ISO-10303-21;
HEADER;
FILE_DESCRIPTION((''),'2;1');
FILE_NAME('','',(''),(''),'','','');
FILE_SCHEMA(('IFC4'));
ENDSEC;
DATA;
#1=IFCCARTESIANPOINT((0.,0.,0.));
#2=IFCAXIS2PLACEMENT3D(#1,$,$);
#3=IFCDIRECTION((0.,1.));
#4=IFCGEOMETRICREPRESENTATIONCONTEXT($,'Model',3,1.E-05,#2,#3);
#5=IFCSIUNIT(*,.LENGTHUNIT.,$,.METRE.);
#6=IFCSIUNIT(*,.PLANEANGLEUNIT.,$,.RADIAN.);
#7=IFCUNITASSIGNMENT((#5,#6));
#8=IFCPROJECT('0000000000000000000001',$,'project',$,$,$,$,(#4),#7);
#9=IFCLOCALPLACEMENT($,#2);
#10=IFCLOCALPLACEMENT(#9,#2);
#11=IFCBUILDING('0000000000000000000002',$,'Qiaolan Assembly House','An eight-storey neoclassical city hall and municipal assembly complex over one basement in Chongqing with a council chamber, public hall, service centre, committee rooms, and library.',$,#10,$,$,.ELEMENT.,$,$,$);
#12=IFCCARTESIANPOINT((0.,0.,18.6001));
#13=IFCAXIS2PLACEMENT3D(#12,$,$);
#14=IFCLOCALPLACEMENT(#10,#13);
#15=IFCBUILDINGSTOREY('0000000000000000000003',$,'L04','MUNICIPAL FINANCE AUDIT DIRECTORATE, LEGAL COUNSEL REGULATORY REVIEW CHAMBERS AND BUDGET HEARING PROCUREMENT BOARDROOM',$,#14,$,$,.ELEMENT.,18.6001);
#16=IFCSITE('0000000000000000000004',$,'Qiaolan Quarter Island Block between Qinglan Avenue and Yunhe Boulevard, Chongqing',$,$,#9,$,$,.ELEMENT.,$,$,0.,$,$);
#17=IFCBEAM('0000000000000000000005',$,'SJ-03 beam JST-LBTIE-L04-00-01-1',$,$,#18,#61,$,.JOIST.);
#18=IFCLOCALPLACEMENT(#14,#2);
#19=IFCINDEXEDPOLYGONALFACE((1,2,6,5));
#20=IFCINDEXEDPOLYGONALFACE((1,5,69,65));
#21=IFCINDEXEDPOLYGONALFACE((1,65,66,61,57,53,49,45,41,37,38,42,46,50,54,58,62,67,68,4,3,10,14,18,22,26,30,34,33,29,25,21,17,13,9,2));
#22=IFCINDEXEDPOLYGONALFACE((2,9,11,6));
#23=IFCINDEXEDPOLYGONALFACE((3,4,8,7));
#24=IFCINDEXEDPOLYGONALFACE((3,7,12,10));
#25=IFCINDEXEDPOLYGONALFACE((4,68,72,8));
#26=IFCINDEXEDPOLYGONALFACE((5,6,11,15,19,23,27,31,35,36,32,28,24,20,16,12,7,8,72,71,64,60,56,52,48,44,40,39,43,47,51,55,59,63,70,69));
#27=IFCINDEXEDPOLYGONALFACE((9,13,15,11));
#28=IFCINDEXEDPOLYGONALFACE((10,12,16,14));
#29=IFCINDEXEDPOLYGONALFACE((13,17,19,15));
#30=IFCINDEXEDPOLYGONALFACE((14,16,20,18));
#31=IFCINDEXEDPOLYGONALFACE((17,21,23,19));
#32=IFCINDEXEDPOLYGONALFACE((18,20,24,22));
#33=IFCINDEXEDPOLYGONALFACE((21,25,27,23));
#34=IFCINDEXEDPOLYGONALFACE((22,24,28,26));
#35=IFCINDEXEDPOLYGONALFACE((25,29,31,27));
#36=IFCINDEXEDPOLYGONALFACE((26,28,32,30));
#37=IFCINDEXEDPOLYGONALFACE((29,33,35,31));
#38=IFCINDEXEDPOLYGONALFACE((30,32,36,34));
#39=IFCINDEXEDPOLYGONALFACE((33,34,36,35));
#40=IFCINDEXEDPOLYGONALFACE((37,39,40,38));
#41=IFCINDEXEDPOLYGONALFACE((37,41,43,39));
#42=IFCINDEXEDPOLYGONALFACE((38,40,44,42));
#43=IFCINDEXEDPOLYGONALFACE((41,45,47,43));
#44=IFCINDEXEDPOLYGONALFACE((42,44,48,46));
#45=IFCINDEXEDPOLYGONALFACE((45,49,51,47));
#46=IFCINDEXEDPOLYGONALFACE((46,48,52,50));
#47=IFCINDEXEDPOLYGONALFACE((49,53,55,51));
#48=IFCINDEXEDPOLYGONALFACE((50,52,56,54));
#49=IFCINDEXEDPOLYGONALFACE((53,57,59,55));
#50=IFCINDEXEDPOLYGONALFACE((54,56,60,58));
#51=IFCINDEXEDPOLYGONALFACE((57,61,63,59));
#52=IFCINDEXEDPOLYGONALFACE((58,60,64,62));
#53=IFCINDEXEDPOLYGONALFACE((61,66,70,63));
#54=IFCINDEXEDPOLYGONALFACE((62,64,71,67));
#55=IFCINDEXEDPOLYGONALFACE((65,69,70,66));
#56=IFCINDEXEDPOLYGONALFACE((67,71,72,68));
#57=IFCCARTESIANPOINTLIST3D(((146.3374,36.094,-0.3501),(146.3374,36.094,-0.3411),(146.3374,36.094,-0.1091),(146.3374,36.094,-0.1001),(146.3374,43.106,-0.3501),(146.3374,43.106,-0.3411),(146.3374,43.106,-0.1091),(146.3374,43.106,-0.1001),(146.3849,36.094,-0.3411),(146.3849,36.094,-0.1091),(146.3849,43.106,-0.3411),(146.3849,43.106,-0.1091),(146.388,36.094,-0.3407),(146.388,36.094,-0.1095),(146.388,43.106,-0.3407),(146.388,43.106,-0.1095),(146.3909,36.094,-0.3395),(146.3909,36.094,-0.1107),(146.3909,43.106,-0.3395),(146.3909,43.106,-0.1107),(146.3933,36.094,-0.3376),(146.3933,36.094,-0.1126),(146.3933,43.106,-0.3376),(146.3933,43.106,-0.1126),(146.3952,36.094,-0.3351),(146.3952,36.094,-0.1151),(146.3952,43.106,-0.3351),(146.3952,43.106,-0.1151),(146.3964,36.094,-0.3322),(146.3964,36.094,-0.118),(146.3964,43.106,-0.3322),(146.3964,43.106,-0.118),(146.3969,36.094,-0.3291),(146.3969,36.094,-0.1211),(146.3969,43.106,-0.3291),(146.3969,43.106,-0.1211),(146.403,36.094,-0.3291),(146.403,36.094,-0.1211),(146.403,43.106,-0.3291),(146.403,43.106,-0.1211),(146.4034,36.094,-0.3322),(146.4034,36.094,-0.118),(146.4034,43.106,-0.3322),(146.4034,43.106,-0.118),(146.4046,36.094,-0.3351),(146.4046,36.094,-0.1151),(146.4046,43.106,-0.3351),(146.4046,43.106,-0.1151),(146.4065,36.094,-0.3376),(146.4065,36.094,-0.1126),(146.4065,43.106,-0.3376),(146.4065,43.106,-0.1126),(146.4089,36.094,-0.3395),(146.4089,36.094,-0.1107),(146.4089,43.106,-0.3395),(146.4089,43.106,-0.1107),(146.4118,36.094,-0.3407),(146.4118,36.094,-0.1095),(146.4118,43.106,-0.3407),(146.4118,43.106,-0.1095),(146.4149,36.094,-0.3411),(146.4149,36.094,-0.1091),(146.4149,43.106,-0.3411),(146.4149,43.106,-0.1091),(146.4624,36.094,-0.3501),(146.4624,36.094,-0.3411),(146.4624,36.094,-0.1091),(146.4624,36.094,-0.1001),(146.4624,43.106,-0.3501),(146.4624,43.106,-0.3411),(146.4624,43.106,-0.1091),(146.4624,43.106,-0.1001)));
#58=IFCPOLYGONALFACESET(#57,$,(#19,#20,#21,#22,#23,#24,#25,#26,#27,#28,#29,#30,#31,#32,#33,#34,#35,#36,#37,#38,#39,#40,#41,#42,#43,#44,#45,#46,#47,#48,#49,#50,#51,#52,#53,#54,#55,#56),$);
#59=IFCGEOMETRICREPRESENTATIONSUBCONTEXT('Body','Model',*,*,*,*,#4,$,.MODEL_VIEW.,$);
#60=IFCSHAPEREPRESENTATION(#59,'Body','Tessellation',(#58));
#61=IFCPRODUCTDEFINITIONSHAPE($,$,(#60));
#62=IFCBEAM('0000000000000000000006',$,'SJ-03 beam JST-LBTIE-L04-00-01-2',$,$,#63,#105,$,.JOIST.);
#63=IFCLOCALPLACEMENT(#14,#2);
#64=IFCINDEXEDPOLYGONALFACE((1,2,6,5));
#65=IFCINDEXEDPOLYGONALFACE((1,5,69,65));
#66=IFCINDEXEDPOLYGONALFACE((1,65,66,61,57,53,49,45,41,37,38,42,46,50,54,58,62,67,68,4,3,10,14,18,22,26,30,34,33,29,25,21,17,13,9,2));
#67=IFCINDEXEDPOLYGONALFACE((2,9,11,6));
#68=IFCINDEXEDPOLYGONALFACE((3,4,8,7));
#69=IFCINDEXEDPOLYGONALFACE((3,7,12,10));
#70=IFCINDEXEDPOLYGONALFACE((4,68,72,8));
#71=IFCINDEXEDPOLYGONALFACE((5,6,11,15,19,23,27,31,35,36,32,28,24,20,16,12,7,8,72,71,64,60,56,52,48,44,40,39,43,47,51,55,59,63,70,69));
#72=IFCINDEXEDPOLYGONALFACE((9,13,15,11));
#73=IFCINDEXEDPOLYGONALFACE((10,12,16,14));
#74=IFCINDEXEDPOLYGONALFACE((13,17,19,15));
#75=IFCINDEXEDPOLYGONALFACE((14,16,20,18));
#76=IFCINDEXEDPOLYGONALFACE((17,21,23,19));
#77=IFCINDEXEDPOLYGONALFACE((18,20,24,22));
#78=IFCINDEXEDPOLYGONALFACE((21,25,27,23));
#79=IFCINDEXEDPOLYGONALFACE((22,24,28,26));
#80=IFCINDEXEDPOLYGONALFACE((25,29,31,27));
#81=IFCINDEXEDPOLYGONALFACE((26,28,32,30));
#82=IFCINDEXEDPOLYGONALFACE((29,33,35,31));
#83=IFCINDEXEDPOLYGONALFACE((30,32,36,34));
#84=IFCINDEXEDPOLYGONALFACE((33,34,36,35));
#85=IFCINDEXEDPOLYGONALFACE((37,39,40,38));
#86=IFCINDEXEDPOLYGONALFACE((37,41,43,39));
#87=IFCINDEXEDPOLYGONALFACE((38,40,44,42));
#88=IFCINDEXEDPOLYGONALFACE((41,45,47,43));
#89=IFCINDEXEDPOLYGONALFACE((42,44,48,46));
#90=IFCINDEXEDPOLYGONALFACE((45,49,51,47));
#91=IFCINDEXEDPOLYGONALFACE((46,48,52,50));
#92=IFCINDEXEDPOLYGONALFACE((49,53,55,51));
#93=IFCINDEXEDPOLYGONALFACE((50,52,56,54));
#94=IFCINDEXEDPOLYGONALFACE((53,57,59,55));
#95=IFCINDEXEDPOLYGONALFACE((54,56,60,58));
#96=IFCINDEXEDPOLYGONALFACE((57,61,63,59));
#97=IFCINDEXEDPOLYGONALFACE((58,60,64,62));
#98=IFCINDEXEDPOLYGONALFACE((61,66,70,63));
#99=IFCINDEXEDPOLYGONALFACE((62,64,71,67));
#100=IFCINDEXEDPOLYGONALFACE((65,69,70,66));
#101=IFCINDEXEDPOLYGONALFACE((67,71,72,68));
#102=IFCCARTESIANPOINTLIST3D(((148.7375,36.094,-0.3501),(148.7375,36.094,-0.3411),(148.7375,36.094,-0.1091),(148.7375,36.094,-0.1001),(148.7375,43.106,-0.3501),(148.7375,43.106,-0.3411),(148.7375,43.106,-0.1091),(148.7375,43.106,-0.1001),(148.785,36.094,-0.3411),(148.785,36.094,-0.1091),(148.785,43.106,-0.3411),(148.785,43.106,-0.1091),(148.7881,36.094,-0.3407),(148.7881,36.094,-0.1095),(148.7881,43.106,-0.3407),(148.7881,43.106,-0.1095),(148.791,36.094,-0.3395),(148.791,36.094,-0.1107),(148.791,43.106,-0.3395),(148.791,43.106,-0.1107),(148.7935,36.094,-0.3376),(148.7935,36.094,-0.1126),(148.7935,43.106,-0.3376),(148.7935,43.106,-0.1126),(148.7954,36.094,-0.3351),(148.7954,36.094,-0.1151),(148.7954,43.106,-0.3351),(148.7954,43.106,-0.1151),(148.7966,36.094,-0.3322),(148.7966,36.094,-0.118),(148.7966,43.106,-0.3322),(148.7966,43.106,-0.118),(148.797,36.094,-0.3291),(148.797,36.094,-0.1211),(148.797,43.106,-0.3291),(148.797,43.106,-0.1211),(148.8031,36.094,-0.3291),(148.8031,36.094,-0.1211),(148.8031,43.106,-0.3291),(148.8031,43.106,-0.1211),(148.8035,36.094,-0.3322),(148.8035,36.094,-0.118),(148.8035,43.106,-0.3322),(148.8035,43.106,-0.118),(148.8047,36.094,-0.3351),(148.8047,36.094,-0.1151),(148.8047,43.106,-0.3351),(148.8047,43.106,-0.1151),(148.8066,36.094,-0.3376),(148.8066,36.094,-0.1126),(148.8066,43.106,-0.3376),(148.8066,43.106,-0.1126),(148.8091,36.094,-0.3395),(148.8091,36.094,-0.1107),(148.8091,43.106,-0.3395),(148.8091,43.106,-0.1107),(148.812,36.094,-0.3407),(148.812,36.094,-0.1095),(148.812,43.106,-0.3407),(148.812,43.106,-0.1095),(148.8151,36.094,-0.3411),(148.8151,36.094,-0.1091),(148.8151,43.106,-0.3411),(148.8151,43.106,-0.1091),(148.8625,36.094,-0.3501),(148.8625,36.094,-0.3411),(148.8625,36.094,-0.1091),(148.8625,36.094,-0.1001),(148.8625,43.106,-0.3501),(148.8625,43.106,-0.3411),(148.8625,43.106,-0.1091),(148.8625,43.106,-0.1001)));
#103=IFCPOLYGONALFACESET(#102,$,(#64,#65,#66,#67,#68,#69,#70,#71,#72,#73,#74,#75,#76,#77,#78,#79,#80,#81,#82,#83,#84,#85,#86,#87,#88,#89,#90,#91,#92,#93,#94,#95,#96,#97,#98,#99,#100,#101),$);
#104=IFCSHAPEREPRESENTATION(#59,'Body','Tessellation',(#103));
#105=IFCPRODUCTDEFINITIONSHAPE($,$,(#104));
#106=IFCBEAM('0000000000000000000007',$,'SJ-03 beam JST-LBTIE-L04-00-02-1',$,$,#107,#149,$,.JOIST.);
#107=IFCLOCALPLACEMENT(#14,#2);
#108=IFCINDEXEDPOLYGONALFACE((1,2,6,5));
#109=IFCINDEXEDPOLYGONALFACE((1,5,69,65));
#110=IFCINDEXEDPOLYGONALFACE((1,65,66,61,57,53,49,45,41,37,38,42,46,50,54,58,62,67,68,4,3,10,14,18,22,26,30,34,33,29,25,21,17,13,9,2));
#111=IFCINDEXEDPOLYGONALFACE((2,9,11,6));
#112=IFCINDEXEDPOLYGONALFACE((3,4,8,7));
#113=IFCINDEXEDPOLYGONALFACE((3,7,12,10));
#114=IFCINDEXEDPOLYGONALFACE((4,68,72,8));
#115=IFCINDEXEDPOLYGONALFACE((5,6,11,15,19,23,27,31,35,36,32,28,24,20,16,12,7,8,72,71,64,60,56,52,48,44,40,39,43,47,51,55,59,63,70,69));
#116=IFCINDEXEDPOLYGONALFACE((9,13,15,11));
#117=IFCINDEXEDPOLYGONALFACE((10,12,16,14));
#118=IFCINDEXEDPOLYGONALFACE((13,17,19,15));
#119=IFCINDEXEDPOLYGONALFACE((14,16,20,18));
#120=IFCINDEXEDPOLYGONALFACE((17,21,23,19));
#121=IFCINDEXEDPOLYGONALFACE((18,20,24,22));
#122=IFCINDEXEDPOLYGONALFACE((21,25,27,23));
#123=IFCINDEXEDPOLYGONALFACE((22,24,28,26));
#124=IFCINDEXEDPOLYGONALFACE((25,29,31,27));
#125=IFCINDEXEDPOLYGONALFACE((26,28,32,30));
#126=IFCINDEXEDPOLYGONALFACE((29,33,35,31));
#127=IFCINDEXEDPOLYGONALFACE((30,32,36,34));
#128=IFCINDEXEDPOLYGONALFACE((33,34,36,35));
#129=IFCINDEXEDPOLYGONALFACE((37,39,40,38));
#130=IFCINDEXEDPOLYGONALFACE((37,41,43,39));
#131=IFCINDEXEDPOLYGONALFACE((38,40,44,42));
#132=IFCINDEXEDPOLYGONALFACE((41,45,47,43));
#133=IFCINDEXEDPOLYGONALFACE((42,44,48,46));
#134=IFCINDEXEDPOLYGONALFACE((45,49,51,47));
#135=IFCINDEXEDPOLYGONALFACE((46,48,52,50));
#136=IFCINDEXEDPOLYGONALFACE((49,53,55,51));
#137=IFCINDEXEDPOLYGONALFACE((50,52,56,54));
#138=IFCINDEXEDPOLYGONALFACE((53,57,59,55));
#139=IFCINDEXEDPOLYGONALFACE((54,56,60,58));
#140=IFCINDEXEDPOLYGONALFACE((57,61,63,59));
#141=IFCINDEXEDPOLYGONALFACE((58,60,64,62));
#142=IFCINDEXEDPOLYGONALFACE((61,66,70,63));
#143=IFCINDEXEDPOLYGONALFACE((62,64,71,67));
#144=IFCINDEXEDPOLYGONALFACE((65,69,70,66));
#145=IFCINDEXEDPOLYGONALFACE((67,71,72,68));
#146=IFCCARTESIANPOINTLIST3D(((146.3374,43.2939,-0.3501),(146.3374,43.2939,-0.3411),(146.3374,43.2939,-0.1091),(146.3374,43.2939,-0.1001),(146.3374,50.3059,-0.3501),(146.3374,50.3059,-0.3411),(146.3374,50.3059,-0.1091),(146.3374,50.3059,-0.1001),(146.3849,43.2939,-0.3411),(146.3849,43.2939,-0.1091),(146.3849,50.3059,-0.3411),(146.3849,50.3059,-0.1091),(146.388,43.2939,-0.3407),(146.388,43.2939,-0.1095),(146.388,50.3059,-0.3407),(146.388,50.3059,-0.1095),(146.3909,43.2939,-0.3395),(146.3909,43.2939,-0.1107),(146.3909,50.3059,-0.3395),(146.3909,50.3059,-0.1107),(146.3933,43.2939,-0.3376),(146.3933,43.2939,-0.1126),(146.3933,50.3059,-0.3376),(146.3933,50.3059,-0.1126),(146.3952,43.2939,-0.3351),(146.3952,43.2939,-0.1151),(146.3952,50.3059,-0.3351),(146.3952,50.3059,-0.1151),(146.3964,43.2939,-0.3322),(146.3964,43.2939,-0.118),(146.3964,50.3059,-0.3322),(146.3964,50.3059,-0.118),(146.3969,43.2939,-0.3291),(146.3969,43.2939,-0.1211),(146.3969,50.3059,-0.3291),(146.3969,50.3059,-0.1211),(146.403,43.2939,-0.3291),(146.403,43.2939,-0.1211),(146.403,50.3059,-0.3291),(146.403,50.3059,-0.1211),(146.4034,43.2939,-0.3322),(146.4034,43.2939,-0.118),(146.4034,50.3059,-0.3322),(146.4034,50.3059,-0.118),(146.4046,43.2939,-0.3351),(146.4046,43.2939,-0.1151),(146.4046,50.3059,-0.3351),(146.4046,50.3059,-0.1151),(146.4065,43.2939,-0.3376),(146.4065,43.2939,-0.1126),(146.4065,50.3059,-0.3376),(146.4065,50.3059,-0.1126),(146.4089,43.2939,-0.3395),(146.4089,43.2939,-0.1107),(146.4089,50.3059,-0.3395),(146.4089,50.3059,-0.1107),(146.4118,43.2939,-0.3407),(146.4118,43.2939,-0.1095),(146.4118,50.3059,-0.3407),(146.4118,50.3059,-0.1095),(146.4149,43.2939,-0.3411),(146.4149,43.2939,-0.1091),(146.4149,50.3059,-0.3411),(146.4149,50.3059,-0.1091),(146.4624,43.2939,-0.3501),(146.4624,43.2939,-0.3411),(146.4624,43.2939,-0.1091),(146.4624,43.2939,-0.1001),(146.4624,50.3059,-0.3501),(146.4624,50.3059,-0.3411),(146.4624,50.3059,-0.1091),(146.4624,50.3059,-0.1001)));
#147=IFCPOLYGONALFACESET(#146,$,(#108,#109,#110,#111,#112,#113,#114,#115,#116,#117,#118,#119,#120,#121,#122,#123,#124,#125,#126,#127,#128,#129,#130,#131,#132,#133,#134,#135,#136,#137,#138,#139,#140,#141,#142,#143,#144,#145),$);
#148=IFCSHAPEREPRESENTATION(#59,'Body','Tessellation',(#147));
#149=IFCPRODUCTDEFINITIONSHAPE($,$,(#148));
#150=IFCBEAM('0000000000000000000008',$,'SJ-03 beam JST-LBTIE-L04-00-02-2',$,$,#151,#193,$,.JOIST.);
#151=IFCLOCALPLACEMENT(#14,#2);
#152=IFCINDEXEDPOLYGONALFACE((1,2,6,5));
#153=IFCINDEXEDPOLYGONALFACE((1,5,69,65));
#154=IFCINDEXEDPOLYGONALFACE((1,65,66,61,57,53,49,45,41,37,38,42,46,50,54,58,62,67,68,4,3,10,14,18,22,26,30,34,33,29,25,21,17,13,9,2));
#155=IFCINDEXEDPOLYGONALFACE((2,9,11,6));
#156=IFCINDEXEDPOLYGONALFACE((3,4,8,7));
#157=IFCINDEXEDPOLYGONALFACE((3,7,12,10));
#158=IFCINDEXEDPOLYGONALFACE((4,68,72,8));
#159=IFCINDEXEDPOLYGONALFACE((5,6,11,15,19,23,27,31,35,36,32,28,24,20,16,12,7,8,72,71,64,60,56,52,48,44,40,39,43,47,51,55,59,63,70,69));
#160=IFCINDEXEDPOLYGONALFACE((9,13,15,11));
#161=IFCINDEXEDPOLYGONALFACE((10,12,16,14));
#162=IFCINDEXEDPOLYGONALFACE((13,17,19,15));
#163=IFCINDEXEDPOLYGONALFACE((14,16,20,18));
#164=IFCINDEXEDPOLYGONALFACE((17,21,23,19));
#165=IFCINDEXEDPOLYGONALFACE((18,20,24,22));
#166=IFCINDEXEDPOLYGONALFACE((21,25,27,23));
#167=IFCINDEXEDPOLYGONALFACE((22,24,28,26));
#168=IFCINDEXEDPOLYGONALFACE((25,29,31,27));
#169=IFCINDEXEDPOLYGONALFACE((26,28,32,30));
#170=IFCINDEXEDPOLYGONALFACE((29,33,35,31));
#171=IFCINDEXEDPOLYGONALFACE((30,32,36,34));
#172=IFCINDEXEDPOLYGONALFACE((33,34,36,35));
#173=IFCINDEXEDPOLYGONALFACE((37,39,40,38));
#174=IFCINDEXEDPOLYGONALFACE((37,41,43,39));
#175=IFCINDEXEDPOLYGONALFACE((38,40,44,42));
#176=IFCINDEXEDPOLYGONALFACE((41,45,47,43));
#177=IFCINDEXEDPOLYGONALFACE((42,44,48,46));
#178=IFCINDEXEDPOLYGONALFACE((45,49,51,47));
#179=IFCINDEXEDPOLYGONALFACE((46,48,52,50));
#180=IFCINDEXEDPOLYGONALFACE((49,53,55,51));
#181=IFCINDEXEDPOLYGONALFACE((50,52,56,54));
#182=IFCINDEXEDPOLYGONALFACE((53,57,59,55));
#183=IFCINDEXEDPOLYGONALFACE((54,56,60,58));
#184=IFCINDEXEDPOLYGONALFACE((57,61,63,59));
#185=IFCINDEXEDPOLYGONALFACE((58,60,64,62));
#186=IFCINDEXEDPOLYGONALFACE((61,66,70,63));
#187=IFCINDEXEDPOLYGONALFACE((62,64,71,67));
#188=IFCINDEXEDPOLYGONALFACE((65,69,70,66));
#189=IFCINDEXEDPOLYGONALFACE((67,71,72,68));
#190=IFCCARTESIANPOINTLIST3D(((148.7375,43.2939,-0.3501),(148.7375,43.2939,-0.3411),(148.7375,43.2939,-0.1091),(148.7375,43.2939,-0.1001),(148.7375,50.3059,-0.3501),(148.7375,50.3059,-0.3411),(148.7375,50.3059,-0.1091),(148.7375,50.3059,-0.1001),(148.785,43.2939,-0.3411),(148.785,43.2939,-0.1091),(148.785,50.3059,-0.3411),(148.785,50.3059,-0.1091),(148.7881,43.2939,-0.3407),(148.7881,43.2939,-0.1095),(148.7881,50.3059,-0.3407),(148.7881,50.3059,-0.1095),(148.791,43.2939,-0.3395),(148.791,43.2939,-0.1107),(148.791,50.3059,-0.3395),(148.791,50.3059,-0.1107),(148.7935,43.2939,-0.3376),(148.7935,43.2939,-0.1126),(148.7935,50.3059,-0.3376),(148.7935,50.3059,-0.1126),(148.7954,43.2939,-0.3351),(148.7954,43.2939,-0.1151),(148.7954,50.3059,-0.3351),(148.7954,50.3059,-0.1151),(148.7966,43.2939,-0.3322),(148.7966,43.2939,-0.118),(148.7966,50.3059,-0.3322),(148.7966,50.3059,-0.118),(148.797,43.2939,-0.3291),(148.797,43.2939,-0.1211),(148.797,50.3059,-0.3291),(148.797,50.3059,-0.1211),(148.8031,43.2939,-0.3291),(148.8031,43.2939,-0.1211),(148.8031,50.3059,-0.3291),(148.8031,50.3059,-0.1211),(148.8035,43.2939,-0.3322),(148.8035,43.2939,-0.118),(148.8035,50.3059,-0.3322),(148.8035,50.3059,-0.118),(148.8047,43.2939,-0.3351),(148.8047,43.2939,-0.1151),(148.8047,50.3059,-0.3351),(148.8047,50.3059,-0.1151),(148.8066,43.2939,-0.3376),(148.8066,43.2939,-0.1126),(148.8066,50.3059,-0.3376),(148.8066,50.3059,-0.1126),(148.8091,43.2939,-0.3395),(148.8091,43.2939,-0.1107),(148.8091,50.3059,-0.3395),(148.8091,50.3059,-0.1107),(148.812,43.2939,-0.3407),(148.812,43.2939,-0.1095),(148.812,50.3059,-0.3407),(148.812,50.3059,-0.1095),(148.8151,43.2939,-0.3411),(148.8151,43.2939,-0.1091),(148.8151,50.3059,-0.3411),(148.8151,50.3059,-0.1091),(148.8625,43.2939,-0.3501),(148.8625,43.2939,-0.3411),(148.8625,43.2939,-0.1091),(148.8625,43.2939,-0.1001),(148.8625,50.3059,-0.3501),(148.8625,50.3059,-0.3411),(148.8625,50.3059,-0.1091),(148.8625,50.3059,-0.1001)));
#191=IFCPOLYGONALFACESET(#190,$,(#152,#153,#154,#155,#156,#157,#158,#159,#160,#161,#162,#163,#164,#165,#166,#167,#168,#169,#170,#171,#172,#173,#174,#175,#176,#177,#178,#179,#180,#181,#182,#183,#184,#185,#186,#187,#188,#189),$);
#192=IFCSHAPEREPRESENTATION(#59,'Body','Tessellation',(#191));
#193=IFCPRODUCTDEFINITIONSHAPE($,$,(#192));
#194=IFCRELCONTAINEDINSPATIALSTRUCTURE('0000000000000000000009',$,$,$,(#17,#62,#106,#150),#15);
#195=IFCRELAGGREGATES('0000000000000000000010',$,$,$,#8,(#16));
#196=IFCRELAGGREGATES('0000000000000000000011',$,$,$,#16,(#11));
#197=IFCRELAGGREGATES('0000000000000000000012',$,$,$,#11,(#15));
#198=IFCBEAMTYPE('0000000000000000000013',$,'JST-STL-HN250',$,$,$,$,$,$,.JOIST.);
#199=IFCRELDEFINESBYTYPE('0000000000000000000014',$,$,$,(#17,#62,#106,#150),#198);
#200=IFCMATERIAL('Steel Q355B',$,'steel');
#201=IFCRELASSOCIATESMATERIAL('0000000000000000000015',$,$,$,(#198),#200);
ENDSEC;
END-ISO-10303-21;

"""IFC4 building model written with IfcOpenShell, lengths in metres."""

from ifc_helpers import new_model, si_unit, direction, frame, origin, origin_2d, place, context, subcontext, project, spatial, i_section, extrude, material, material_profile, profile_set, type_object, element, save


model = new_model("IFC4")

# Units and contexts
model_context = context("Model", 3, precision=1e-05, world=origin(), true_north=direction((0.0, 1.0)))
body_context = subcontext(model_context, "Body", "Model", "MODEL_VIEW")
ifc_project = project(units=[si_unit("LENGTHUNIT", "METRE"), si_unit("PLANEANGLEUNIT", "RADIAN")], contexts=[model_context])

# Site, building, storey
site_placement = place(None, origin())
site = spatial("IfcSite", under=ifc_project, at=site_placement, Name="Qiaolan Quarter Island Block between Qinglan Avenue and Yunhe Boulevard, Chongqing", CompositionType="ELEMENT", RefElevation=0.0)
building_placement = place(site_placement, origin())
building = spatial("IfcBuilding", under=site, at=building_placement, Name="Qiaolan Assembly House", Description="An eight-storey neoclassical city hall and municipal assembly complex over one basement in Chongqing with a council chamber, public hall, service centre, committee rooms, and library.", CompositionType="ELEMENT")
storey_placement = place(building_placement, frame((0.0, 0.0, 18.6001)))
storey = spatial("IfcBuildingStorey", under=building, at=storey_placement, Name="L04", Description="MUNICIPAL FINANCE AUDIT DIRECTORATE, LEGAL COUNSEL REGULATORY REVIEW CHAMBERS AND BUDGET HEARING PROCUREMENT BOARDROOM", CompositionType="ELEMENT", Elevation=18.6001)

# Beams
ifc_material = material(Name="Steel Q355B", Category="steel")
ifc_material_profile_1 = material_profile(ifc_material, i_section(OverallWidth=0.125, OverallDepth=0.25, WebThickness=0.0061, FlangeThickness=0.009, FilletRadius=0.012, at=origin_2d()), Name="HN 250x125x6x9")
ifc_profile_set_1 = profile_set([ifc_material_profile_1], Name="Steel Q355B")
beam_type_1 = type_object("IfcBeamType", Name="JST-STL-HN250", PredefinedType="JOIST", material=ifc_profile_set_1)
for number, where, z_axis, x_axis, name in (
    (1, (146.3999, 36.094, -0.2251), (0.0, 1.0, 0.0), (-1.0, 0.0, 0.0), "SJ-03 beam JST-LBTIE-L04-00-01-1"),
    (2, (148.8, 36.094, -0.2251), (0.0, 1.0, 0.0), (-1.0, 0.0, 0.0), "SJ-03 beam JST-LBTIE-L04-00-01-2"),
    (3, (146.3999, 43.2939, -0.2251), (0.0, 1.0, 0.0), (-1.0, 0.0, 0.0), "SJ-03 beam JST-LBTIE-L04-00-02-1"),
    (4, (148.8, 43.2939, -0.2251), (0.0, 1.0, 0.0), (-1.0, 0.0, 0.0), "SJ-03 beam JST-LBTIE-L04-00-02-2"),
):
    element("IfcBeam", number, at=place(storey_placement, frame(where, z_axis=z_axis, x_axis=x_axis)), inside=storey, type_object=beam_type_1, Name=name, PredefinedType="JOIST", context=body_context, shape_type="SweptSolid", body=[
        extrude(i_section(OverallWidth=0.125, OverallDepth=0.25, WebThickness=0.0061, FlangeThickness=0.009, FilletRadius=0.012, at=origin_2d()), origin(), (0.0, 0.0, 1.0), 7.012),
    ])

save(model, "model.ifc")
